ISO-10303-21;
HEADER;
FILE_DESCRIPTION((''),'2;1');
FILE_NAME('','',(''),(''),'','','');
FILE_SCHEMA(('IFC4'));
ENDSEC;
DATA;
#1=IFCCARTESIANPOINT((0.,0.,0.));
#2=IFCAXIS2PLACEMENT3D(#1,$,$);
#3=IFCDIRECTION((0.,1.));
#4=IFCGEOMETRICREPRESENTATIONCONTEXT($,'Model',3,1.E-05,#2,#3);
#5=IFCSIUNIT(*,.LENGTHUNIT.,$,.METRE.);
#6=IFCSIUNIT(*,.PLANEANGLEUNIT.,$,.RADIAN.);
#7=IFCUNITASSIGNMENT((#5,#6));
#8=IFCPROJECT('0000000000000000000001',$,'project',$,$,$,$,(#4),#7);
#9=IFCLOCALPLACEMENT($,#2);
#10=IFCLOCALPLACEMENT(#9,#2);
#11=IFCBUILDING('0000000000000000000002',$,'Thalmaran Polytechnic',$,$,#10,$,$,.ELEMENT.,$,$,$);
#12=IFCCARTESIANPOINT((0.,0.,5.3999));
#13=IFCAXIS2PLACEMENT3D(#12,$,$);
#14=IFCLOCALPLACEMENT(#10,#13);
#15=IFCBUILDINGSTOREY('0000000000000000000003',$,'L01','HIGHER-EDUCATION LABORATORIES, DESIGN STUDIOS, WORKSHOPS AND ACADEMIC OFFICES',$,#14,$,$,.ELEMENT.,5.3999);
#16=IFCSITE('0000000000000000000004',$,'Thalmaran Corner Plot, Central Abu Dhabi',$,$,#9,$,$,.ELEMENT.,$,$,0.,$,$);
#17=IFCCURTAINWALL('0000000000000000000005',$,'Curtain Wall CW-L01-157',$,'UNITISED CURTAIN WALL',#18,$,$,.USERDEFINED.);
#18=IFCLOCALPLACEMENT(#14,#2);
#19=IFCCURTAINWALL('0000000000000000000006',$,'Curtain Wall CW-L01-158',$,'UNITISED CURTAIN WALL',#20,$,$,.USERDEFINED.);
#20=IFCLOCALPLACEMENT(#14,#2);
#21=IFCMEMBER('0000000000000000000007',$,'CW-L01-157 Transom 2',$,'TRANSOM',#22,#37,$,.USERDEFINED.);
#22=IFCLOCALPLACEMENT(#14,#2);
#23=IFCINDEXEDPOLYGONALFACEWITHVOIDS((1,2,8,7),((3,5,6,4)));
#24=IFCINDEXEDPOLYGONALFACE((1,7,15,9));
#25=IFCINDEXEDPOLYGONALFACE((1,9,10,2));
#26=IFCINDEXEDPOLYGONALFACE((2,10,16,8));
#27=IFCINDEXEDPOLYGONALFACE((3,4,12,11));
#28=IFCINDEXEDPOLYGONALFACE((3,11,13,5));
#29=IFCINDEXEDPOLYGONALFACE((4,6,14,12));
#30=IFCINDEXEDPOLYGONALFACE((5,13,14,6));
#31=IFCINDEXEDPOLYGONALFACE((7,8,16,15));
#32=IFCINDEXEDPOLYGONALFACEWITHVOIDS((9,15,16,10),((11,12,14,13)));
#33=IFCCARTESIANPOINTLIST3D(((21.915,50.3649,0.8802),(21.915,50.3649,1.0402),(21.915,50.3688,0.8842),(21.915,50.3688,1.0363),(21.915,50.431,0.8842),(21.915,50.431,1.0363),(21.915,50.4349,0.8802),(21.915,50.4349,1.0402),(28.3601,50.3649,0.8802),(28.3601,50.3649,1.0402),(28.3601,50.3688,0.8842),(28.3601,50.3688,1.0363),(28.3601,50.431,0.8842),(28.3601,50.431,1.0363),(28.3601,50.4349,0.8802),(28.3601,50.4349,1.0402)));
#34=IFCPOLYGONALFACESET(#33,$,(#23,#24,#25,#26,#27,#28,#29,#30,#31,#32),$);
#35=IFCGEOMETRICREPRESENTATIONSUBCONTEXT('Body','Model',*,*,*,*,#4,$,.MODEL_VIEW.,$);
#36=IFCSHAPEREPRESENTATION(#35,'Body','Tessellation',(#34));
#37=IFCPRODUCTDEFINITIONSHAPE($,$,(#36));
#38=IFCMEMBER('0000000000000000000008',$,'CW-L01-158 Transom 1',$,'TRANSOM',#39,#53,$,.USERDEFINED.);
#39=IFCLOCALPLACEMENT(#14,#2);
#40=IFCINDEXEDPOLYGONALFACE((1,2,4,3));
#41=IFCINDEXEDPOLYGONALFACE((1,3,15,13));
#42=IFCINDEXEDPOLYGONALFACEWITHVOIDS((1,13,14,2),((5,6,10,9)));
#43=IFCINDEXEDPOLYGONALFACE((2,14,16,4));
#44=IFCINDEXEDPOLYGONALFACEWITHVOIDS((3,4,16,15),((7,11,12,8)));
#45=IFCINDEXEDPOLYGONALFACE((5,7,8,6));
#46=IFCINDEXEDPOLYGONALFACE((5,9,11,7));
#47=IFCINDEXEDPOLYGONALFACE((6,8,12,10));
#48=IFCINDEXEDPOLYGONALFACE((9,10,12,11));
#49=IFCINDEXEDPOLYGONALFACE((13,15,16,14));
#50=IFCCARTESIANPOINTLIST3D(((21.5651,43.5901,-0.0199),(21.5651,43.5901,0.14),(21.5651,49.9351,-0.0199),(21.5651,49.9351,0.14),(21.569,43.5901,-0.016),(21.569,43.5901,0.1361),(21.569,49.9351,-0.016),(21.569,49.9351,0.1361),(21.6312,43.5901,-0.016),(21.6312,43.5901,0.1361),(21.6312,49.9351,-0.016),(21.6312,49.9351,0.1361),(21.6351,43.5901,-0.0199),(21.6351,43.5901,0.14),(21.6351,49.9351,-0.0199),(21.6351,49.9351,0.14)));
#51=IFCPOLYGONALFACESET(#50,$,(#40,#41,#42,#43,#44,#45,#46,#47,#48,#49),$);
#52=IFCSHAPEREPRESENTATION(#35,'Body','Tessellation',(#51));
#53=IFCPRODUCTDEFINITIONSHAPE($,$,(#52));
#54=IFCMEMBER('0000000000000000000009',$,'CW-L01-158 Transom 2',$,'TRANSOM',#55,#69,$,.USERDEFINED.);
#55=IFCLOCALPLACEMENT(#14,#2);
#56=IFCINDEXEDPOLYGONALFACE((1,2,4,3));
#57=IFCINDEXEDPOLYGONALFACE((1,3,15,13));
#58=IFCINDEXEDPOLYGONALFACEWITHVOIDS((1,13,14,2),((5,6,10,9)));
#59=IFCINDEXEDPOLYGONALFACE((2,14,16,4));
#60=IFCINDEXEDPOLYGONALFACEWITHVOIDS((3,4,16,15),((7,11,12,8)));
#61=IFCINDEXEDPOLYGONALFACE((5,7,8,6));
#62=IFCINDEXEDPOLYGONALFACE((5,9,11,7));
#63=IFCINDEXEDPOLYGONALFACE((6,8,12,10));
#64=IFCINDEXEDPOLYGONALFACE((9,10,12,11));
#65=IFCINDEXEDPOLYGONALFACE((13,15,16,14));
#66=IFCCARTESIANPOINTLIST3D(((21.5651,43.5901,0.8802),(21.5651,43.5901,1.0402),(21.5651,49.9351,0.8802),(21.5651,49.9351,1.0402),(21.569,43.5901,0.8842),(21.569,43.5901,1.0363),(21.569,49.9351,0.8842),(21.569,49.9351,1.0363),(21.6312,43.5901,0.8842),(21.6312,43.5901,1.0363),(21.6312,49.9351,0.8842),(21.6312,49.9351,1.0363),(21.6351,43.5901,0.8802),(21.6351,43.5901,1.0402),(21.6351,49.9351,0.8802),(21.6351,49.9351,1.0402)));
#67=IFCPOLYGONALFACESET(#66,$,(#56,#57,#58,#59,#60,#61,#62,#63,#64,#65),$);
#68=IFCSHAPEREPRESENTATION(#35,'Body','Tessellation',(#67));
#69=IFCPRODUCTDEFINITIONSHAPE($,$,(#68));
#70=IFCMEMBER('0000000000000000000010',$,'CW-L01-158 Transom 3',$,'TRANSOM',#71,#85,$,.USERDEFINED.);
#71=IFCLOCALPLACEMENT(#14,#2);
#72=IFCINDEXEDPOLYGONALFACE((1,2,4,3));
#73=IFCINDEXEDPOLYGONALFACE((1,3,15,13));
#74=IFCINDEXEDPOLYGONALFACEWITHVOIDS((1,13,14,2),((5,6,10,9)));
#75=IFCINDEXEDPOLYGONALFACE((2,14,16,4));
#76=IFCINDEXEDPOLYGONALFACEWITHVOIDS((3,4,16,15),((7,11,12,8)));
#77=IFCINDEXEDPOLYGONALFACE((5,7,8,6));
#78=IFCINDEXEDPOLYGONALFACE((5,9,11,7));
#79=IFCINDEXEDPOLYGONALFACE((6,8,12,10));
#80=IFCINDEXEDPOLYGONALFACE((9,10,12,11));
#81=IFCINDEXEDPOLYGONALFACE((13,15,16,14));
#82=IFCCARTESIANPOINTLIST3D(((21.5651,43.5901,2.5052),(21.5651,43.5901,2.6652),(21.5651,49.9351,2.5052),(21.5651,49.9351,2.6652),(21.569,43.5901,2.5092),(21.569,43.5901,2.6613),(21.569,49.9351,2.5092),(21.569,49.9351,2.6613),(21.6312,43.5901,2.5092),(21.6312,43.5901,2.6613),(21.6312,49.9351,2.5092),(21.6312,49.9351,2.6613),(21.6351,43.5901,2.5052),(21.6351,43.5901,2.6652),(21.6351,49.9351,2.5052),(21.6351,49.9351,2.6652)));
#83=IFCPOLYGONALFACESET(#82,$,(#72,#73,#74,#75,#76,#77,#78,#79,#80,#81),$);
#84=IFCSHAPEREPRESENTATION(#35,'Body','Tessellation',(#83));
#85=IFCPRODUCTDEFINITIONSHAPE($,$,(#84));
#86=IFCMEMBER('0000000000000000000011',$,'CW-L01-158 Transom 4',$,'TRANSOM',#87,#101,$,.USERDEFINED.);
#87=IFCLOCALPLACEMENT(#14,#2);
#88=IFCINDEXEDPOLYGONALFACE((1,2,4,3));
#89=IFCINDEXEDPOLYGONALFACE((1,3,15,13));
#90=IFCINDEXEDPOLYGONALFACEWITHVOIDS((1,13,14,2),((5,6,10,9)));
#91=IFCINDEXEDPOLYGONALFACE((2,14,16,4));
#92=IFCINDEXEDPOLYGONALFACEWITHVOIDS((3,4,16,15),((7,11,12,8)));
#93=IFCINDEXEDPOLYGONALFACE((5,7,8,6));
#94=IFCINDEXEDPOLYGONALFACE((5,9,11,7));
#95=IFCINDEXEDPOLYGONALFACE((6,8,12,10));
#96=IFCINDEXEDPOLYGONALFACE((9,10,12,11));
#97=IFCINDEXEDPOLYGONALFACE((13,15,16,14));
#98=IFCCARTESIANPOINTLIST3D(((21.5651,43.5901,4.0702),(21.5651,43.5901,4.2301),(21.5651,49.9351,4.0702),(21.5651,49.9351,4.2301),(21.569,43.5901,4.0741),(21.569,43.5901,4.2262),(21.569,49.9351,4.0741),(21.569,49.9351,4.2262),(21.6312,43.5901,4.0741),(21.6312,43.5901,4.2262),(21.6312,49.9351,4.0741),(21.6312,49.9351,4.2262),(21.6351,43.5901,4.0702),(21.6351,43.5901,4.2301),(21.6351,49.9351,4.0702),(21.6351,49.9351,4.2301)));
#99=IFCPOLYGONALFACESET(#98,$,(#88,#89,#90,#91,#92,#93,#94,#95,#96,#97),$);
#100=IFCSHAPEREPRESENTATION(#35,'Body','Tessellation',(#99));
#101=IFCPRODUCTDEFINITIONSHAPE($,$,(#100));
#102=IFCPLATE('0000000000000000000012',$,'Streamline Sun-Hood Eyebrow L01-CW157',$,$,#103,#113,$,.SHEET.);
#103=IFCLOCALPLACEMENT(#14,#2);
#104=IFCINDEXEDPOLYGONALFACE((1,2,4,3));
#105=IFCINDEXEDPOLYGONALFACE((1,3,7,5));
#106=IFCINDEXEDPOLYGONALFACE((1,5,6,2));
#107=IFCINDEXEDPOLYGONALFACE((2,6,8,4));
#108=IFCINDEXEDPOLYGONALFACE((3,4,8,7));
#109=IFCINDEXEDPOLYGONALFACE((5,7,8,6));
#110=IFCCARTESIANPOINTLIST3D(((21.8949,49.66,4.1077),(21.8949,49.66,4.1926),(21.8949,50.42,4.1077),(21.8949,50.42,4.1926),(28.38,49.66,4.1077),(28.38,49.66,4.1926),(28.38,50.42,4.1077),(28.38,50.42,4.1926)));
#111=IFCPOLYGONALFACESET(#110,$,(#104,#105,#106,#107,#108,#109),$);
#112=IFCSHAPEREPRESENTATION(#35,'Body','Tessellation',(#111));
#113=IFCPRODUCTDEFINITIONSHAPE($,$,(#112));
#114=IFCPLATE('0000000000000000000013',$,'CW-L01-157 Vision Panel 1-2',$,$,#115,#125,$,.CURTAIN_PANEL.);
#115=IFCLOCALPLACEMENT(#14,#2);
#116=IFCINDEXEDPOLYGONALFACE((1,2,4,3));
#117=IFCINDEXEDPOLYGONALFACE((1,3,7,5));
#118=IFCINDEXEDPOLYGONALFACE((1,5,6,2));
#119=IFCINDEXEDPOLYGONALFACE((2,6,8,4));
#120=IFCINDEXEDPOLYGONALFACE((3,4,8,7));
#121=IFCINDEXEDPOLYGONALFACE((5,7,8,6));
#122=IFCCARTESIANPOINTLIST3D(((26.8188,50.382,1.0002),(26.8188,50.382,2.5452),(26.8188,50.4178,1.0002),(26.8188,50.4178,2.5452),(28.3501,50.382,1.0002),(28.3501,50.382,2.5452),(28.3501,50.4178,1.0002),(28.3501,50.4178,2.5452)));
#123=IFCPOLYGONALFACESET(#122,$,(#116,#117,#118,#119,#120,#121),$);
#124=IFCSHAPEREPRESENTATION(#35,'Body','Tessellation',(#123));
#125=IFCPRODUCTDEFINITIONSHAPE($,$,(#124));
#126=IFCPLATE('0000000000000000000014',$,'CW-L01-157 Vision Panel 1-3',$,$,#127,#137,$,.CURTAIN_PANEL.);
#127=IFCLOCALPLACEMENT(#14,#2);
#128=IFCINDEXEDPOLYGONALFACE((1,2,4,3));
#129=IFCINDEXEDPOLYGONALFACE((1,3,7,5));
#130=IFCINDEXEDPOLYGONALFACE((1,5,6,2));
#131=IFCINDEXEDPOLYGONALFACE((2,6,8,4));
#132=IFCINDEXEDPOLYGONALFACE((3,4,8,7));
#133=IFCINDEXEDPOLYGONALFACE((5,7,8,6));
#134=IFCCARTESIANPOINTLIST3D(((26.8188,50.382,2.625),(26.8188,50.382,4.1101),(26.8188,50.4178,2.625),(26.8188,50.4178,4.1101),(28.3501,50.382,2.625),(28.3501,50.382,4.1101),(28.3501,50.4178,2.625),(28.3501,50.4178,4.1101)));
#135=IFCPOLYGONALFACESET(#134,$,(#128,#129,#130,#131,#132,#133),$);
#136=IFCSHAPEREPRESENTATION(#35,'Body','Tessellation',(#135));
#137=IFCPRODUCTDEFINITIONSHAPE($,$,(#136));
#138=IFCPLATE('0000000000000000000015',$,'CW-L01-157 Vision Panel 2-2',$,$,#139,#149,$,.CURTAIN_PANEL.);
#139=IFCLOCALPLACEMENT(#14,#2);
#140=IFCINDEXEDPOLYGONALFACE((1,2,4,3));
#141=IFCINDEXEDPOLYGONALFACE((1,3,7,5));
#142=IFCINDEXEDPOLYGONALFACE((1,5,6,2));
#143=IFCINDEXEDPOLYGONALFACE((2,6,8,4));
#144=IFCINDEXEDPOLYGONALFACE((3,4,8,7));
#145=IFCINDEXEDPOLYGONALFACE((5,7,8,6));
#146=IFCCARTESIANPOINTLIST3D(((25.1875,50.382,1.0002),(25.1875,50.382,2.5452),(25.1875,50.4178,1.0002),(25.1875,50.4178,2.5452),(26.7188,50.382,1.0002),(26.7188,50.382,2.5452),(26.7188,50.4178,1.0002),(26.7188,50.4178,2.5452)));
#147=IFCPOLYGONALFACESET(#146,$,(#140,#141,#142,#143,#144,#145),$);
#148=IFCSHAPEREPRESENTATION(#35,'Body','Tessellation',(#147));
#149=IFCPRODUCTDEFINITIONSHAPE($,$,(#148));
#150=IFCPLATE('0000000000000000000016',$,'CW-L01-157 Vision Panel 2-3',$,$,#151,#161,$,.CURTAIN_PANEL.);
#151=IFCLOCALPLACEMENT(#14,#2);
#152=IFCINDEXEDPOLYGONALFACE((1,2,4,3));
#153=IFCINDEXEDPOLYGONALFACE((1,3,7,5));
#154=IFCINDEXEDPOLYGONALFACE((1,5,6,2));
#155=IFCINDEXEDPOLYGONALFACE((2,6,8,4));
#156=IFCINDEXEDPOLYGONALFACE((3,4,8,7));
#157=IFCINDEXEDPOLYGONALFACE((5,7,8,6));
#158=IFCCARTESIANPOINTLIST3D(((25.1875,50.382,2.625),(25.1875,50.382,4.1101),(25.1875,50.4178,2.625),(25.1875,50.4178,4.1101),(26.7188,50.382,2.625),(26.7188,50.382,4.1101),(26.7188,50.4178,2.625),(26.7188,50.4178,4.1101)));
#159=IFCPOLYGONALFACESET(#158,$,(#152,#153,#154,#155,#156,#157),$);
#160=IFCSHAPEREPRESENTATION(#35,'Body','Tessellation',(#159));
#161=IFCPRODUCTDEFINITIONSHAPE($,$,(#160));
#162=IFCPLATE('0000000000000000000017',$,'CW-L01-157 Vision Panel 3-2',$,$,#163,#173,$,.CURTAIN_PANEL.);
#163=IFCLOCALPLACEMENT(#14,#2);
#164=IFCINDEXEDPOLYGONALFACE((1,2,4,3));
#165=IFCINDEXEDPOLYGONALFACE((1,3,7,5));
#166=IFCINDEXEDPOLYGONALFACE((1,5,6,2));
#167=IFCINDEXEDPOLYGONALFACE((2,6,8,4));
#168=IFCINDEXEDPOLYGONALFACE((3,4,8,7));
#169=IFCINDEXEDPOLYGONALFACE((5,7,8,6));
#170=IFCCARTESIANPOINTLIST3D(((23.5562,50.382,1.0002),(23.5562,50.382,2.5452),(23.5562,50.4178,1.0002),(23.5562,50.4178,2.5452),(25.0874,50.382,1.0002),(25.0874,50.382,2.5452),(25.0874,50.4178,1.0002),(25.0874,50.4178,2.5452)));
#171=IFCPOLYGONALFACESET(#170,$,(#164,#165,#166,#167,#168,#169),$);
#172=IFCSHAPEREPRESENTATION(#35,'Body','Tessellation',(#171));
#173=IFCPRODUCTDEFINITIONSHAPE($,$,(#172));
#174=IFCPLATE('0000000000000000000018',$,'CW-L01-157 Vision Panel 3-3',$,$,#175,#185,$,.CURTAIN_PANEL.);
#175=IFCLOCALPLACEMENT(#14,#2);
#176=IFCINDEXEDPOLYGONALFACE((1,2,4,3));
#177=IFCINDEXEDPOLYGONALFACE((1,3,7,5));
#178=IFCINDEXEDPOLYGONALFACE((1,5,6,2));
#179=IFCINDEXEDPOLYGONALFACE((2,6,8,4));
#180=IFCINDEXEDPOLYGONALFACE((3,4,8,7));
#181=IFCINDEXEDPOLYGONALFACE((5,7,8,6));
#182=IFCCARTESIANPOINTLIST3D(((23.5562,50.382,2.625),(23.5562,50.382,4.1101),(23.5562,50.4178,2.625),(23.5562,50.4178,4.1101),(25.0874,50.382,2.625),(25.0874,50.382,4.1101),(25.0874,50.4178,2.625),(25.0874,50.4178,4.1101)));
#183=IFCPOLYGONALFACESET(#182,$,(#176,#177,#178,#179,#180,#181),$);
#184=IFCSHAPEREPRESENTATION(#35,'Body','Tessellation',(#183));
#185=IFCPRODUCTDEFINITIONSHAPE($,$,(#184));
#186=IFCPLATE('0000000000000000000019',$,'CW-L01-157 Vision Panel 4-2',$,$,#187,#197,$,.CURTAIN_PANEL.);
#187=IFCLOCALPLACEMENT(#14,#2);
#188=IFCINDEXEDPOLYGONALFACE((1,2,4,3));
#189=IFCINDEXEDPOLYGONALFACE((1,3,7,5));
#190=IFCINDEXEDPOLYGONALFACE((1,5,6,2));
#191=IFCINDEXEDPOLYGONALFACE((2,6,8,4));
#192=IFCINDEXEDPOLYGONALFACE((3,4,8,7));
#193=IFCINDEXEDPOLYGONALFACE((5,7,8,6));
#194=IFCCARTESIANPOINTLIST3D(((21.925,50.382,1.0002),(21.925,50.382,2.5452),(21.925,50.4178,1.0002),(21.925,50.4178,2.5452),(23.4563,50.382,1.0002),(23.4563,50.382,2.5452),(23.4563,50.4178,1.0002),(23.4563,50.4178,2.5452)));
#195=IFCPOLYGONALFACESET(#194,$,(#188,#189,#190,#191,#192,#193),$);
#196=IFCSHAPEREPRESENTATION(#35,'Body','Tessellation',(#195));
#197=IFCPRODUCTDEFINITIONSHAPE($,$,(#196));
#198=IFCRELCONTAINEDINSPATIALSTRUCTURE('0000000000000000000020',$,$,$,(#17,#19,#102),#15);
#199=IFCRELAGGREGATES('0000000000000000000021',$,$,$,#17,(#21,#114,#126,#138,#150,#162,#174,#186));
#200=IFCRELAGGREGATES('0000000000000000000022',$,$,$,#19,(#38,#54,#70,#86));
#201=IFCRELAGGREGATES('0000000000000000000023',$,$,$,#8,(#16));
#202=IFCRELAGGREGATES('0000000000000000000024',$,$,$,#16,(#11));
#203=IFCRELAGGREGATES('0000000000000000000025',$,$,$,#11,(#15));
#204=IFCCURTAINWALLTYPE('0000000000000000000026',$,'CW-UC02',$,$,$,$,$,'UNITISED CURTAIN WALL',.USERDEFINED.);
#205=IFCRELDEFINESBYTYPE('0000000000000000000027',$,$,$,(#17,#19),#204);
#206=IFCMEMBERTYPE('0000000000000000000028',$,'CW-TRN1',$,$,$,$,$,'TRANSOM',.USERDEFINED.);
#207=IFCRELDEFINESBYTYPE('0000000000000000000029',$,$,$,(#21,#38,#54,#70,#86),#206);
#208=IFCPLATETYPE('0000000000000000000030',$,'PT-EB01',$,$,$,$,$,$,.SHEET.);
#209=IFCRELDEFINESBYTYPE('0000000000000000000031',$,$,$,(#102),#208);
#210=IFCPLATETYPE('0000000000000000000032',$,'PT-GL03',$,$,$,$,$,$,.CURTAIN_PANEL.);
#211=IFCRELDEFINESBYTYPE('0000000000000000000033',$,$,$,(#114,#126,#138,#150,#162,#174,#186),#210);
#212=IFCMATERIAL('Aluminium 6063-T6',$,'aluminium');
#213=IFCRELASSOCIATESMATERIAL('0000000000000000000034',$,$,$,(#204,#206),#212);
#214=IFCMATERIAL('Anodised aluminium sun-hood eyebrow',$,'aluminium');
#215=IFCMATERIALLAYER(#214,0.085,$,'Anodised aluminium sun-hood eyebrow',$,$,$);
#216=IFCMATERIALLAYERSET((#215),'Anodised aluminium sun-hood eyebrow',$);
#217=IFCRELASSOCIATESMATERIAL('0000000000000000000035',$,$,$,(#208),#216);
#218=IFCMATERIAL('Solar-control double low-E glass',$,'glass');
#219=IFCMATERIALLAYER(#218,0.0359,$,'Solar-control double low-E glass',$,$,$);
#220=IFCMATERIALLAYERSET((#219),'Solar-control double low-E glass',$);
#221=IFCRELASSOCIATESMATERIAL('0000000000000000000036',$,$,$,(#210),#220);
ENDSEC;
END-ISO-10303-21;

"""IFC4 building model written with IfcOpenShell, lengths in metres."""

from ifc_helpers import new_model, si_unit, direction, frame, origin, origin_2d, place, context, subcontext, project, spatial, rectangle, hollow_rectangle, extrude, material, layer, layer_set, material_profile, profile_set, type_object, element, aggregate, save


model = new_model("IFC4")

# Units and contexts
model_context = context("Model", 3, precision=1e-05, world=origin(), true_north=direction((0.0, 1.0)))
body_context = subcontext(model_context, "Body", "Model", "MODEL_VIEW")
ifc_project = project(units=[si_unit("LENGTHUNIT", "METRE"), si_unit("PLANEANGLEUNIT", "RADIAN")], contexts=[model_context])

# Site, building, storey
site_placement = place(None, origin())
site = spatial("IfcSite", under=ifc_project, at=site_placement, Name="Thalmaran Corner Plot, Central Abu Dhabi", CompositionType="ELEMENT", RefElevation=0.0)
building_placement = place(site_placement, origin())
building = spatial("IfcBuilding", under=site, at=building_placement, Name="Thalmaran Polytechnic", CompositionType="ELEMENT")
storey_placement = place(building_placement, frame((0.0, 0.0, 5.3999)))
storey = spatial("IfcBuildingStorey", under=building, at=storey_placement, Name="L01", Description="HIGHER-EDUCATION LABORATORIES, DESIGN STUDIOS, WORKSHOPS AND ACADEMIC OFFICES", CompositionType="ELEMENT", Elevation=5.3999)

# Curtain walls
ifc_material_1 = material(Name="Aluminium 6063-T6", Category="aluminium")
curtain_wall_type = type_object("IfcCurtainWallType", Name="CW-UC02", ElementType="UNITISED CURTAIN WALL", PredefinedType="USERDEFINED", material=ifc_material_1)
curtain_wall_1_placement = place(storey_placement, origin())
curtain_wall_1 = element("IfcCurtainWall", 1, at=curtain_wall_1_placement, inside=storey, type_object=curtain_wall_type, Name="Curtain Wall CW-L01-157", ObjectType="UNITISED CURTAIN WALL", PredefinedType="USERDEFINED")
curtain_wall_2_placement = place(storey_placement, origin())
curtain_wall_2 = element("IfcCurtainWall", 2, at=curtain_wall_2_placement, inside=storey, type_object=curtain_wall_type, Name="Curtain Wall CW-L01-158", ObjectType="UNITISED CURTAIN WALL", PredefinedType="USERDEFINED")

# Members
ifc_material_profile_1 = material_profile(ifc_material_1, hollow_rectangle(XDim=0.0701, YDim=0.1599, WallThickness=0.0039, at=origin_2d()), Name="AL 160x70x4.0")
ifc_profile_set_1 = profile_set([ifc_material_profile_1], Name="Aluminium 6063-T6")
member_type_1 = type_object("IfcMemberType", Name="CW-TRN1", ElementType="TRANSOM", PredefinedType="USERDEFINED", material=ifc_profile_set_1)
member_1_placement = place(storey_placement, frame((28.3601, 50.3999, 0.9602), z_axis=(-1.0, 0.0, 0.0), x_axis=(0.0, -1.0, 0.0)))
member_1 = element("IfcMember", 3, at=member_1_placement, type_object=member_type_1, Name="CW-L01-157 Transom 2", ObjectType="TRANSOM", PredefinedType="USERDEFINED", context=body_context, shape_type="SweptSolid", body=[
    extrude(hollow_rectangle(XDim=0.0701, YDim=0.1599, WallThickness=0.0039, at=origin_2d()), origin(), (0.0, 0.0, 1.0), 6.4451),
])
member_2_placement = place(storey_placement, frame((21.6001, 49.9351, 0.0601), z_axis=(0.0, -1.0, 0.0), x_axis=(1.0, 0.0, 0.0)))
member_2 = element("IfcMember", 4, at=member_2_placement, type_object=member_type_1, Name="CW-L01-158 Transom 1", ObjectType="TRANSOM", PredefinedType="USERDEFINED", context=body_context, shape_type="SweptSolid", body=[
    extrude(hollow_rectangle(XDim=0.0701, YDim=0.1599, WallThickness=0.0039, at=origin_2d()), origin(), (0.0, 0.0, 1.0), 6.345),
])
member_3_placement = place(storey_placement, frame((21.6001, 49.9351, 0.9602), z_axis=(0.0, -1.0, 0.0), x_axis=(1.0, 0.0, 0.0)))
member_3 = element("IfcMember", 5, at=member_3_placement, type_object=member_type_1, Name="CW-L01-158 Transom 2", ObjectType="TRANSOM", PredefinedType="USERDEFINED", context=body_context, shape_type="SweptSolid", body=[
    extrude(hollow_rectangle(XDim=0.0701, YDim=0.1599, WallThickness=0.0039, at=origin_2d()), origin(), (0.0, 0.0, 1.0), 6.345),
])
member_4_placement = place(storey_placement, frame((21.6001, 49.9351, 2.5852), z_axis=(0.0, -1.0, 0.0), x_axis=(1.0, 0.0, 0.0)))
member_4 = element("IfcMember", 6, at=member_4_placement, type_object=member_type_1, Name="CW-L01-158 Transom 3", ObjectType="TRANSOM", PredefinedType="USERDEFINED", context=body_context, shape_type="SweptSolid", body=[
    extrude(hollow_rectangle(XDim=0.0701, YDim=0.1599, WallThickness=0.0039, at=origin_2d()), origin(), (0.0, 0.0, 1.0), 6.345),
])
member_5_placement = place(storey_placement, frame((21.6001, 49.9351, 4.1501), z_axis=(0.0, -1.0, 0.0), x_axis=(1.0, 0.0, 0.0)))
member_5 = element("IfcMember", 7, at=member_5_placement, type_object=member_type_1, Name="CW-L01-158 Transom 4", ObjectType="TRANSOM", PredefinedType="USERDEFINED", context=body_context, shape_type="SweptSolid", body=[
    extrude(hollow_rectangle(XDim=0.0701, YDim=0.1599, WallThickness=0.0039, at=origin_2d()), origin(), (0.0, 0.0, 1.0), 6.345),
])

# Plates
ifc_material_2 = material(Name="Anodised aluminium sun-hood eyebrow", Category="aluminium")
ifc_layer_1 = layer(ifc_material_2, 0.085, Name="Anodised aluminium sun-hood eyebrow")
ifc_layer_set_1 = layer_set([ifc_layer_1], Name="Anodised aluminium sun-hood eyebrow")
plate_type_1 = type_object("IfcPlateType", Name="PT-EB01", PredefinedType="SHEET", material=ifc_layer_set_1)
plate_1_placement = place(storey_placement, frame((25.1375, 50.04, 4.1077), z_axis=(0.0, 0.0, 1.0), x_axis=(-1.0, 0.0, 0.0)))
element("IfcPlate", 8, at=plate_1_placement, inside=storey, type_object=plate_type_1, Name="Streamline Sun-Hood Eyebrow L01-CW157", PredefinedType="SHEET", context=body_context, shape_type="SweptSolid", body=[
    extrude(rectangle(XDim=6.4851, YDim=0.76, at=origin_2d()), origin(), (0.0, 0.0, 1.0), 0.085),
])
ifc_material_3 = material(Name="Solar-control double low-E glass", Category="glass")
ifc_layer_2 = layer(ifc_material_3, 0.0359, Name="Solar-control double low-E glass")
ifc_layer_set_2 = layer_set([ifc_layer_2], Name="Solar-control double low-E glass")
plate_type_2 = type_object("IfcPlateType", Name="PT-GL03", PredefinedType="CURTAIN_PANEL", material=ifc_layer_set_2)
plate_2_placement = place(storey_placement, frame((27.5845, 50.3999, 1.0002), z_axis=(0.0, 0.0, 1.0), x_axis=(-1.0, 0.0, 0.0)))
plate_2 = element("IfcPlate", 9, at=plate_2_placement, type_object=plate_type_2, Name="CW-L01-157 Vision Panel 1-2", PredefinedType="CURTAIN_PANEL", context=body_context, shape_type="SweptSolid", body=[
    extrude(rectangle(XDim=1.5312, YDim=0.0359, at=origin_2d()), origin(), (0.0, 0.0, 1.0), 1.5449),
])
plate_3_placement = place(storey_placement, frame((27.5845, 50.3999, 2.625), z_axis=(0.0, 0.0, 1.0), x_axis=(-1.0, 0.0, 0.0)))
plate_3 = element("IfcPlate", 10, at=plate_3_placement, type_object=plate_type_2, Name="CW-L01-157 Vision Panel 1-3", PredefinedType="CURTAIN_PANEL", context=body_context, shape_type="SweptSolid", body=[
    extrude(rectangle(XDim=1.5312, YDim=0.0359, at=origin_2d()), origin(), (0.0, 0.0, 1.0), 1.4851),
])
plate_4_placement = place(storey_placement, frame((25.9531, 50.3999, 1.0002), z_axis=(0.0, 0.0, 1.0), x_axis=(-1.0, 0.0, 0.0)))
plate_4 = element("IfcPlate", 11, at=plate_4_placement, type_object=plate_type_2, Name="CW-L01-157 Vision Panel 2-2", PredefinedType="CURTAIN_PANEL", context=body_context, shape_type="SweptSolid", body=[
    extrude(rectangle(XDim=1.5312, YDim=0.0359, at=origin_2d()), origin(), (0.0, 0.0, 1.0), 1.5449),
])
plate_5_placement = place(storey_placement, frame((25.9531, 50.3999, 2.625), z_axis=(0.0, 0.0, 1.0), x_axis=(-1.0, 0.0, 0.0)))
plate_5 = element("IfcPlate", 12, at=plate_5_placement, type_object=plate_type_2, Name="CW-L01-157 Vision Panel 2-3", PredefinedType="CURTAIN_PANEL", context=body_context, shape_type="SweptSolid", body=[
    extrude(rectangle(XDim=1.5312, YDim=0.0359, at=origin_2d()), origin(), (0.0, 0.0, 1.0), 1.4851),
])
plate_6_placement = place(storey_placement, frame((24.3218, 50.3999, 1.0002), z_axis=(0.0, 0.0, 1.0), x_axis=(-1.0, 0.0, 0.0)))
plate_6 = element("IfcPlate", 13, at=plate_6_placement, type_object=plate_type_2, Name="CW-L01-157 Vision Panel 3-2", PredefinedType="CURTAIN_PANEL", context=body_context, shape_type="SweptSolid", body=[
    extrude(rectangle(XDim=1.5312, YDim=0.0359, at=origin_2d()), origin(), (0.0, 0.0, 1.0), 1.5449),
])
plate_7_placement = place(storey_placement, frame((24.3218, 50.3999, 2.625), z_axis=(0.0, 0.0, 1.0), x_axis=(-1.0, 0.0, 0.0)))
plate_7 = element("IfcPlate", 14, at=plate_7_placement, type_object=plate_type_2, Name="CW-L01-157 Vision Panel 3-3", PredefinedType="CURTAIN_PANEL", context=body_context, shape_type="SweptSolid", body=[
    extrude(rectangle(XDim=1.5312, YDim=0.0359, at=origin_2d()), origin(), (0.0, 0.0, 1.0), 1.4851),
])
plate_8_placement = place(storey_placement, frame((22.6907, 50.3999, 1.0002), z_axis=(0.0, 0.0, 1.0), x_axis=(-1.0, 0.0, 0.0)))
plate_8 = element("IfcPlate", 15, at=plate_8_placement, type_object=plate_type_2, Name="CW-L01-157 Vision Panel 4-2", PredefinedType="CURTAIN_PANEL", context=body_context, shape_type="SweptSolid", body=[
    extrude(rectangle(XDim=1.5312, YDim=0.0359, at=origin_2d()), origin(), (0.0, 0.0, 1.0), 1.5449),
])
aggregate(curtain_wall_1, [member_1, plate_2, plate_3, plate_4, plate_5, plate_6, plate_7, plate_8])
aggregate(curtain_wall_2, [member_2, member_3, member_4, member_5])

save(model, "model.ifc")
